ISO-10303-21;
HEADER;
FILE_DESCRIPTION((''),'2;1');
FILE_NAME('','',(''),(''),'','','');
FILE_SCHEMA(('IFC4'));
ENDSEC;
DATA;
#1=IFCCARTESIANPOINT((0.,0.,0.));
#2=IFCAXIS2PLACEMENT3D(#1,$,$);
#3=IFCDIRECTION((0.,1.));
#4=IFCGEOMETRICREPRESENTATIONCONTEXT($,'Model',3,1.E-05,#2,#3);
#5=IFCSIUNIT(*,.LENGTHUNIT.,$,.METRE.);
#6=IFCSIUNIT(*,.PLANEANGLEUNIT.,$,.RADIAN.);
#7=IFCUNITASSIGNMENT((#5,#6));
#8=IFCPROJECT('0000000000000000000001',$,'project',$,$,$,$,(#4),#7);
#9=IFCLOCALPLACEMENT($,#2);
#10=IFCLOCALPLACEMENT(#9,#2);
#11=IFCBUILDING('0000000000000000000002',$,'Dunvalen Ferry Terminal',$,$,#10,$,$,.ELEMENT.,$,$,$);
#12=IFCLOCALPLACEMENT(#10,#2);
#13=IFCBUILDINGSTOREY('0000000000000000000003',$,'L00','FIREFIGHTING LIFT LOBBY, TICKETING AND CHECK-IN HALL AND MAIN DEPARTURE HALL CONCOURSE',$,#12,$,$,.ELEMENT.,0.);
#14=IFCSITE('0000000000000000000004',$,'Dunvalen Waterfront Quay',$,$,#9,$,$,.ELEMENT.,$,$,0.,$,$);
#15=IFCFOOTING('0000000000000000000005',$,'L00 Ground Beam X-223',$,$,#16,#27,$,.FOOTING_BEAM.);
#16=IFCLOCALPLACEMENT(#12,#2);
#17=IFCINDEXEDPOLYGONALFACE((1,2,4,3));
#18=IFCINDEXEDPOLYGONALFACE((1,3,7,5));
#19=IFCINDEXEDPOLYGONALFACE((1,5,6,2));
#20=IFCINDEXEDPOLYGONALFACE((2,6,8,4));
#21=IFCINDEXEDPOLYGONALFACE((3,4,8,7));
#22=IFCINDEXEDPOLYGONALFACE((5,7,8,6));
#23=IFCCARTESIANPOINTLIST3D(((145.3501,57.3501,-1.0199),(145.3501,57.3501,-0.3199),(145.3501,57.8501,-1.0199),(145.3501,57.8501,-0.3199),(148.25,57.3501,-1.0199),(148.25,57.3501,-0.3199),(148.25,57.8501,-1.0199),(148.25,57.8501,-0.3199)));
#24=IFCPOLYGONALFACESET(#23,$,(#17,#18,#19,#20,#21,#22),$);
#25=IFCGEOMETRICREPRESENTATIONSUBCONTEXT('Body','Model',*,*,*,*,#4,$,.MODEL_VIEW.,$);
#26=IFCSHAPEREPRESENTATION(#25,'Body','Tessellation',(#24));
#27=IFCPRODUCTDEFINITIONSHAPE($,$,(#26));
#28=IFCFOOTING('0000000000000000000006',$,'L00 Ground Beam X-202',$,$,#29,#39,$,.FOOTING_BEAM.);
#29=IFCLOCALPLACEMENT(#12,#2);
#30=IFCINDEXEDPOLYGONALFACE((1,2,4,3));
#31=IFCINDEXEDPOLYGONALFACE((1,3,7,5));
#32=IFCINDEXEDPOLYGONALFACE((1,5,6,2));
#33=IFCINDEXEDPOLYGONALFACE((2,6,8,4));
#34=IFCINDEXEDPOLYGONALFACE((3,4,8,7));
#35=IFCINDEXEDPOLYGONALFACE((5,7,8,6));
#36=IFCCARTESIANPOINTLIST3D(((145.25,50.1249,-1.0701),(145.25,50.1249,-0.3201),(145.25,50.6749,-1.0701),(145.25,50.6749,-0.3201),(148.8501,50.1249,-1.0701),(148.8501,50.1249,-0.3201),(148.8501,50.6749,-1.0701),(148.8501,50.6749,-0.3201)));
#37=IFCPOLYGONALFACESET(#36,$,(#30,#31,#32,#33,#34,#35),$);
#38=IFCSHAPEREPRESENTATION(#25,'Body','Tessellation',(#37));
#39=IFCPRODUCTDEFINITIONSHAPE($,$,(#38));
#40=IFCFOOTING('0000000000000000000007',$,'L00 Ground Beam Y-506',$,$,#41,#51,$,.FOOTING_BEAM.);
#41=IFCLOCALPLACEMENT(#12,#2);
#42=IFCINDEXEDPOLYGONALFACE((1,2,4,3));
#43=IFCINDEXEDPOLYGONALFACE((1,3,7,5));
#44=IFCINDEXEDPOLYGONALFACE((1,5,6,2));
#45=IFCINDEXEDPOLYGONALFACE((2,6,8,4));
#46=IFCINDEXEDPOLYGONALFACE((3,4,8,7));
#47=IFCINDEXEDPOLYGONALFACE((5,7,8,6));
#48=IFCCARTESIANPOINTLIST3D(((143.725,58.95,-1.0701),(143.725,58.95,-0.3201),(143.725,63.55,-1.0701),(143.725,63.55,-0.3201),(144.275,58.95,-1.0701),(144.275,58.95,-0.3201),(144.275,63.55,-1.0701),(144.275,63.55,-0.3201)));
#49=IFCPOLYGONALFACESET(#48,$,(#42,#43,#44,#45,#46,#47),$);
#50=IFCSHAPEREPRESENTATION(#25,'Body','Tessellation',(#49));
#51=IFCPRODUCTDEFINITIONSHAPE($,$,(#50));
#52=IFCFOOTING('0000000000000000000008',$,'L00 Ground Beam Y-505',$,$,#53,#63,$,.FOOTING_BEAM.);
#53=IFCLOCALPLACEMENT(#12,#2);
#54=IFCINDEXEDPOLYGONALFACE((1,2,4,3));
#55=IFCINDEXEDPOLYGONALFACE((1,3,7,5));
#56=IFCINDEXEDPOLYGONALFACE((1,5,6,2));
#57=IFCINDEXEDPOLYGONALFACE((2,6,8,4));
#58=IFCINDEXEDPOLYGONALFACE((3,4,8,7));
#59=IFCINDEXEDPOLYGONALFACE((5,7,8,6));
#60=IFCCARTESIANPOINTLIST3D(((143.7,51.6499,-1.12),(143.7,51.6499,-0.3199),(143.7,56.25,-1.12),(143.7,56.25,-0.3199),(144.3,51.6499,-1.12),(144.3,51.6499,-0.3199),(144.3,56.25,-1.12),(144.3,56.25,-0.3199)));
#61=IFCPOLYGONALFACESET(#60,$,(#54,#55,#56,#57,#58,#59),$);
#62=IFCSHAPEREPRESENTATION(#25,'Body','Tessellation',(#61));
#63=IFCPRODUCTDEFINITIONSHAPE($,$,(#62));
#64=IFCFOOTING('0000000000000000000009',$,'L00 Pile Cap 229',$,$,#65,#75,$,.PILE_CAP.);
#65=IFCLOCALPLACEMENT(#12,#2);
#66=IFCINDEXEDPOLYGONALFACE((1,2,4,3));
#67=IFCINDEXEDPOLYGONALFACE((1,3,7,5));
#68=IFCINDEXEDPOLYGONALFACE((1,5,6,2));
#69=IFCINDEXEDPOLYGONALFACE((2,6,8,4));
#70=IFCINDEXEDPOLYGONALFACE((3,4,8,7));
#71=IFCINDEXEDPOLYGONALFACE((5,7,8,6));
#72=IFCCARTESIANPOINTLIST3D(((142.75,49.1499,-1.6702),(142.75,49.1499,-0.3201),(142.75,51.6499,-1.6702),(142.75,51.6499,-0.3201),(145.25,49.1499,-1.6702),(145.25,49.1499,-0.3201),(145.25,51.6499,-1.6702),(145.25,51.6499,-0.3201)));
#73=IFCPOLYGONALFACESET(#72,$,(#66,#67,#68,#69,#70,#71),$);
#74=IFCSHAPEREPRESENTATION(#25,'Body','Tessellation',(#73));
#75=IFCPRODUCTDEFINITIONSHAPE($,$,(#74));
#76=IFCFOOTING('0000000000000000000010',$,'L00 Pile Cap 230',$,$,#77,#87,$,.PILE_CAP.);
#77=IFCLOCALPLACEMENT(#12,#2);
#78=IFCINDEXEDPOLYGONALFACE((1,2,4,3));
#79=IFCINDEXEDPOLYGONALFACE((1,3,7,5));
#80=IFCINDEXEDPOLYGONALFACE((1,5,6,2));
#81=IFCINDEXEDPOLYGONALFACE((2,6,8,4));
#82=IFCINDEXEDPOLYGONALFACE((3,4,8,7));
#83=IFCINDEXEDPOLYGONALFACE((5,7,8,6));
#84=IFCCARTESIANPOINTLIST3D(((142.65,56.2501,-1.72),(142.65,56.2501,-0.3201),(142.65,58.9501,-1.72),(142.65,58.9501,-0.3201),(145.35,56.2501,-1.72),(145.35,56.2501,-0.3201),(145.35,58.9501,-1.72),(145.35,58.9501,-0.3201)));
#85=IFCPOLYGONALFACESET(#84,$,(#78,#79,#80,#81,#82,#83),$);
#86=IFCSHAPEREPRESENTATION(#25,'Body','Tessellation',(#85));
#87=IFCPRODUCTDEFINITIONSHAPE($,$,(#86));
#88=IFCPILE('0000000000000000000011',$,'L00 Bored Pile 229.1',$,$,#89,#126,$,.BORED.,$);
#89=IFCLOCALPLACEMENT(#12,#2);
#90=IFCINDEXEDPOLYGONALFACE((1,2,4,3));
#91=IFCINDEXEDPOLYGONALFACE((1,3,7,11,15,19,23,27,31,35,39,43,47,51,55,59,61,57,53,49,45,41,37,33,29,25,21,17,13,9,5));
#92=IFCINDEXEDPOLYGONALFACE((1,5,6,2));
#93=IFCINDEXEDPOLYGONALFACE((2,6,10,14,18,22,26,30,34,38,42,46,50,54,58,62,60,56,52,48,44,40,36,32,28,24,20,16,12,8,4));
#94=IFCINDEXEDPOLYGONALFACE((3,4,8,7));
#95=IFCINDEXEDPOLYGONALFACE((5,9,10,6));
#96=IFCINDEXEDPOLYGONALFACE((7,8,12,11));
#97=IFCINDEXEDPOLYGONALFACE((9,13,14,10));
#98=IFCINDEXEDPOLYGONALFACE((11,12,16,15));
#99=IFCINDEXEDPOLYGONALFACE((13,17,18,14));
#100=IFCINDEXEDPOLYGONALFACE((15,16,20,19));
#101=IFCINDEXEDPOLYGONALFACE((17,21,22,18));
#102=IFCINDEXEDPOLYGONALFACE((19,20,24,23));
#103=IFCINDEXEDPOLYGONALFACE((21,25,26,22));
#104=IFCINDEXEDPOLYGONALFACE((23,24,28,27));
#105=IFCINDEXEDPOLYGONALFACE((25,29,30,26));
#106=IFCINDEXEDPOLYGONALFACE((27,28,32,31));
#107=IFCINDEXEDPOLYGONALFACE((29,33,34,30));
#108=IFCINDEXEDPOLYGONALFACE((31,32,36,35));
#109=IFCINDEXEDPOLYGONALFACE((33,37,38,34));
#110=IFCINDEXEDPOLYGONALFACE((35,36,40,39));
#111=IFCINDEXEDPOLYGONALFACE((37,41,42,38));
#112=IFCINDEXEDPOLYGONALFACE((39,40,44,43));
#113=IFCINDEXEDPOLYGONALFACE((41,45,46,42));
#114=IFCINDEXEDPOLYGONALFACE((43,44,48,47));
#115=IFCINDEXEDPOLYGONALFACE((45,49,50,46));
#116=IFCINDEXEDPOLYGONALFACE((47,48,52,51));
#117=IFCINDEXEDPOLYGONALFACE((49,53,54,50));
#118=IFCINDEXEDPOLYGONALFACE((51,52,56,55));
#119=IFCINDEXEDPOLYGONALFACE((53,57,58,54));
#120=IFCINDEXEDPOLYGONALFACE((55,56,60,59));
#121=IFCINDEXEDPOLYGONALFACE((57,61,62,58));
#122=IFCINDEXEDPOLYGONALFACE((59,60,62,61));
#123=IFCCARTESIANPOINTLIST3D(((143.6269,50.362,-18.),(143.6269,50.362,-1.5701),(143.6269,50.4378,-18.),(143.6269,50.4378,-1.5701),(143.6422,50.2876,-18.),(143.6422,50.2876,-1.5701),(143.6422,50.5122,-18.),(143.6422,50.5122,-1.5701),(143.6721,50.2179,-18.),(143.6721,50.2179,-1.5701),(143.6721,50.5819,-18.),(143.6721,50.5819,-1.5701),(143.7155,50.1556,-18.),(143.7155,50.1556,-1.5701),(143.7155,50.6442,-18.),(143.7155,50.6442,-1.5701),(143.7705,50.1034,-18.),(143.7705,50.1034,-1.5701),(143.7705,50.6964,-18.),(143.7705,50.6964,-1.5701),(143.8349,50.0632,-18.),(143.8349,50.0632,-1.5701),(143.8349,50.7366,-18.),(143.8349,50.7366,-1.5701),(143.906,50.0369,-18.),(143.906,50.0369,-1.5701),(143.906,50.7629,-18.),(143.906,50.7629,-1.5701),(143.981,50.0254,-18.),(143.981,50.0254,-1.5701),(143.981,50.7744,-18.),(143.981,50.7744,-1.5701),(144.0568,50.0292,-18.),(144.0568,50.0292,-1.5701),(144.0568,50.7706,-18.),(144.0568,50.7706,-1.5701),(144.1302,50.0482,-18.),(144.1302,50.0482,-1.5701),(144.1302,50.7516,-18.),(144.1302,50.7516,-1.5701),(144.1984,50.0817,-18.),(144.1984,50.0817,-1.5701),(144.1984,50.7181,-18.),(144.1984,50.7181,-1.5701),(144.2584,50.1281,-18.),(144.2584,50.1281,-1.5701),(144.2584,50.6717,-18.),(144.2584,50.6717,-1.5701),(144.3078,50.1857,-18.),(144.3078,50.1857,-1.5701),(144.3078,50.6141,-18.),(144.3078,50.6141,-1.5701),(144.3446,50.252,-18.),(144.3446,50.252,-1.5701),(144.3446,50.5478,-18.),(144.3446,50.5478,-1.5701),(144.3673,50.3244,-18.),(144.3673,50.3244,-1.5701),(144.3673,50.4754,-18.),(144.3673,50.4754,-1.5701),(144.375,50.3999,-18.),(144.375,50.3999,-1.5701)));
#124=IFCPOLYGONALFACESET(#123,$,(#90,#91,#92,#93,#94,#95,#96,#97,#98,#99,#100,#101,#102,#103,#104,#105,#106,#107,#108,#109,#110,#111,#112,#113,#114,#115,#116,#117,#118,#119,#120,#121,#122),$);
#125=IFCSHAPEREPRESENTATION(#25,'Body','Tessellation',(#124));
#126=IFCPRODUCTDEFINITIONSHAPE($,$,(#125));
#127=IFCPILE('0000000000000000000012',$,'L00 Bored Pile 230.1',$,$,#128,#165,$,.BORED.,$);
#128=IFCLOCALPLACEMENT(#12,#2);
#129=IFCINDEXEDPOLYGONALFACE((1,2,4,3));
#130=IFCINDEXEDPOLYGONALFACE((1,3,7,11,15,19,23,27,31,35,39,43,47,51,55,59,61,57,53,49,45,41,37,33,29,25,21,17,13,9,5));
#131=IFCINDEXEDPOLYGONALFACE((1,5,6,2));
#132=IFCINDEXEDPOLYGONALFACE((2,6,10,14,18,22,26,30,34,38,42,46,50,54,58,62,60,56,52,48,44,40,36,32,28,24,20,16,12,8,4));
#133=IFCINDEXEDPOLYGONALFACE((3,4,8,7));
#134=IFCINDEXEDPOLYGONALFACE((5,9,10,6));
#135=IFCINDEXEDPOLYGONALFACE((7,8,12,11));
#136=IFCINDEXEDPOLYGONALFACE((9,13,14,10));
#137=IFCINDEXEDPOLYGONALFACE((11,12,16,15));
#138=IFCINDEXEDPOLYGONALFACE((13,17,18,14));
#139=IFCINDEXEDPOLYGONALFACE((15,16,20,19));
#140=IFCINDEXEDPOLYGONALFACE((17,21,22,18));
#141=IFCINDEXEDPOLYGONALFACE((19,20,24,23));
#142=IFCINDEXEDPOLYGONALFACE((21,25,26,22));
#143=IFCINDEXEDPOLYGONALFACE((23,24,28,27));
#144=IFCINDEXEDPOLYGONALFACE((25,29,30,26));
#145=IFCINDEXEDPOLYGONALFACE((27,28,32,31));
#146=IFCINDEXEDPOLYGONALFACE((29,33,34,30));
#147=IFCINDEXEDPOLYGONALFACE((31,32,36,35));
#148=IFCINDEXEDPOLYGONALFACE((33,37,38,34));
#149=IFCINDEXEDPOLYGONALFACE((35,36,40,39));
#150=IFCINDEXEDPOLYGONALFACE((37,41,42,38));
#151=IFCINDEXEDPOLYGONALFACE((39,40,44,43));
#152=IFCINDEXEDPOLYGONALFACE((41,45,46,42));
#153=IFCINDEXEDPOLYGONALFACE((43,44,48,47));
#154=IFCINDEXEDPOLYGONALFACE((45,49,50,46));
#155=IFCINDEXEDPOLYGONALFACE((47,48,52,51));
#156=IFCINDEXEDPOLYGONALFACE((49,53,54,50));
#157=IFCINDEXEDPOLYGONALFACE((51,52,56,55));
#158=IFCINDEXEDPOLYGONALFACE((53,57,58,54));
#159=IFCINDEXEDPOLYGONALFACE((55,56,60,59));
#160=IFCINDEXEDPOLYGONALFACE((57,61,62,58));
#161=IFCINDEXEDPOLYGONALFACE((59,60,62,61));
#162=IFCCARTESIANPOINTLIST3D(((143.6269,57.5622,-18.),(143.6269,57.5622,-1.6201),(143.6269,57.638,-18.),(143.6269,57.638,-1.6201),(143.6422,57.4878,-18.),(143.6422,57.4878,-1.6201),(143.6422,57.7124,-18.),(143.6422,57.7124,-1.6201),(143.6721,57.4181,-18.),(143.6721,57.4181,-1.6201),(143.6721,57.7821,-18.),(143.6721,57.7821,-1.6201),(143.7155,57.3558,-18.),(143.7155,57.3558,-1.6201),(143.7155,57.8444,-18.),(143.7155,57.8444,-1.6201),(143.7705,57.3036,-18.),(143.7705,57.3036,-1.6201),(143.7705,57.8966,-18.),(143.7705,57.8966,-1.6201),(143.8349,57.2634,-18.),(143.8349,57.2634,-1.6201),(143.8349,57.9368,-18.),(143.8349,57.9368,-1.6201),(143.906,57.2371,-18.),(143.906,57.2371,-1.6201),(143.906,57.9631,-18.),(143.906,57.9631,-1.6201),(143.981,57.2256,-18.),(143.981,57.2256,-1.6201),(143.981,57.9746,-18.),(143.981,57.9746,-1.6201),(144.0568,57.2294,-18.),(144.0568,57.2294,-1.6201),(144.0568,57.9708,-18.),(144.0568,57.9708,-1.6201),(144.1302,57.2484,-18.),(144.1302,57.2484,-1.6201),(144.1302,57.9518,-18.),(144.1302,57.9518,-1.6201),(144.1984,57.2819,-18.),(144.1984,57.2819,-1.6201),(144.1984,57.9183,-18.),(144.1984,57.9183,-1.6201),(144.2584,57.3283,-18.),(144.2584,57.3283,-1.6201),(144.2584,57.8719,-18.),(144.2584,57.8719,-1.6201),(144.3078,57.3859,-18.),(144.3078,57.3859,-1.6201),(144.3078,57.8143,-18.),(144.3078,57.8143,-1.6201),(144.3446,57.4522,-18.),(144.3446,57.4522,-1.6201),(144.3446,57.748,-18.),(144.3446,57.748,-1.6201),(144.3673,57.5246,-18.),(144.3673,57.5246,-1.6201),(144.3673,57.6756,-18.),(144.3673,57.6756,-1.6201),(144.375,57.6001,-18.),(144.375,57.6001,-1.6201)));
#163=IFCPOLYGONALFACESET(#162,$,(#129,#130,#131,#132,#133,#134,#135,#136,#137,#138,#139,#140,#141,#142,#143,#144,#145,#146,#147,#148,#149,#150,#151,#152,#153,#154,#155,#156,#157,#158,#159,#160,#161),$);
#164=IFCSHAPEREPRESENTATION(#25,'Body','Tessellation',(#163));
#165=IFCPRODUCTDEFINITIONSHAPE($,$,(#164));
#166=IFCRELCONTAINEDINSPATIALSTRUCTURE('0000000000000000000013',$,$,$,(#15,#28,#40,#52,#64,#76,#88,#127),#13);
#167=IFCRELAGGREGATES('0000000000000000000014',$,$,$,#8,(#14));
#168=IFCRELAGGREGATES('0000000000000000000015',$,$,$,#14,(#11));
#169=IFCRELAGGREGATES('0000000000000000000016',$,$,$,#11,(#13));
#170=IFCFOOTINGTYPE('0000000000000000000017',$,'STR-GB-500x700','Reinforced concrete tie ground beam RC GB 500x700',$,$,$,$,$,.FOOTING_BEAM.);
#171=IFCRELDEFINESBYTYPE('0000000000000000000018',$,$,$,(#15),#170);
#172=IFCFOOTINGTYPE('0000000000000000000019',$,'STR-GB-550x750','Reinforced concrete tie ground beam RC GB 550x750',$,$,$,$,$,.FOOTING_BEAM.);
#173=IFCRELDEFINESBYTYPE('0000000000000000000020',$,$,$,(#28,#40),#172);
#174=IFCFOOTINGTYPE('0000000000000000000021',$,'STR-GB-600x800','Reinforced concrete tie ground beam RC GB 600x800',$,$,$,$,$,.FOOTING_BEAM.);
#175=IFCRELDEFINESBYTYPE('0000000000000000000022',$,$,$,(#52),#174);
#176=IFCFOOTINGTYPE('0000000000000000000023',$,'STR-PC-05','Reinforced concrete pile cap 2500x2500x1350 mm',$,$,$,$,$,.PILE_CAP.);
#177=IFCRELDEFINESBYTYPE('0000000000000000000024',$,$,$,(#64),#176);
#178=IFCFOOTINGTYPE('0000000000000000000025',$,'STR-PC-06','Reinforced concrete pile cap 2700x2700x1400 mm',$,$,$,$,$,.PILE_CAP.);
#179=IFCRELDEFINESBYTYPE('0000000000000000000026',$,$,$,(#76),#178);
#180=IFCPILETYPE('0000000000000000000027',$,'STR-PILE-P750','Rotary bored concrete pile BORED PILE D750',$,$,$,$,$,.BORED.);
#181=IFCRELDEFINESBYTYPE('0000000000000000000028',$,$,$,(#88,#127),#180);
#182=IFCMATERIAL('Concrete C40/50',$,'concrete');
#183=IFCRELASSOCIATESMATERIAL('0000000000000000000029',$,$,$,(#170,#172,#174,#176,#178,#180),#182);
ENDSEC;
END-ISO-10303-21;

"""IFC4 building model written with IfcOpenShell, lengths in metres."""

from ifc_helpers import new_model, si_unit, direction, frame, origin, origin_2d, place, context, subcontext, project, spatial, rectangle, circle, extrude, material, material_profile, profile_set, type_object, element, save


model = new_model("IFC4")

# Units and contexts
model_context = context("Model", 3, precision=1e-05, world=origin(), true_north=direction((0.0, 1.0)))
body_context = subcontext(model_context, "Body", "Model", "MODEL_VIEW")
ifc_project = project(units=[si_unit("LENGTHUNIT", "METRE"), si_unit("PLANEANGLEUNIT", "RADIAN")], contexts=[model_context])

# Site, building, storey
site_placement = place(None, origin())
site = spatial("IfcSite", under=ifc_project, at=site_placement, Name="Dunvalen Waterfront Quay", CompositionType="ELEMENT", RefElevation=0.0)
building_placement = place(site_placement, origin())
building = spatial("IfcBuilding", under=site, at=building_placement, Name="Dunvalen Ferry Terminal", CompositionType="ELEMENT")
storey_placement = place(building_placement, origin())
storey = spatial("IfcBuildingStorey", under=building, at=storey_placement, Name="L00", Description="FIREFIGHTING LIFT LOBBY, TICKETING AND CHECK-IN HALL AND MAIN DEPARTURE HALL CONCOURSE", CompositionType="ELEMENT", Elevation=0.0)

# Footings
ifc_material_1 = material(Name="Concrete C40/50", Category="concrete")
ifc_material_profile_1 = material_profile(ifc_material_1, rectangle(XDim=0.5, YDim=0.7, at=origin_2d()), Name="Concrete C40/50")
ifc_profile_set_1 = profile_set([ifc_material_profile_1], Name="Concrete C40/50")
footing_type_1 = type_object("IfcFootingType", Name="STR-GB-500x700", Description="Reinforced concrete tie ground beam RC GB 500x700", PredefinedType="FOOTING_BEAM", material=ifc_profile_set_1)
footing_1_placement = place(storey_placement, frame((145.3501, 57.6001, -0.6699), z_axis=(1.0, 0.0, 0.0), x_axis=(0.0, 1.0, 0.0)))
element("IfcFooting", 1, at=footing_1_placement, inside=storey, type_object=footing_type_1, Name="L00 Ground Beam X-223", PredefinedType="FOOTING_BEAM", context=body_context, shape_type="SweptSolid", body=[
    extrude(rectangle(XDim=0.5, YDim=0.7, at=origin_2d()), origin(), (0.0, 0.0, 1.0), 2.8999),
])
ifc_material_profile_2 = material_profile(ifc_material_1, rectangle(XDim=0.55, YDim=0.75, at=origin_2d()), Name="Concrete C40/50")
ifc_profile_set_2 = profile_set([ifc_material_profile_2], Name="Concrete C40/50")
footing_type_2 = type_object("IfcFootingType", Name="STR-GB-550x750", Description="Reinforced concrete tie ground beam RC GB 550x750", PredefinedType="FOOTING_BEAM", material=ifc_profile_set_2)
footing_2_placement = place(storey_placement, frame((145.25, 50.3999, -0.6951), z_axis=(1.0, 0.0, 0.0), x_axis=(0.0, 1.0, 0.0)))
element("IfcFooting", 2, at=footing_2_placement, inside=storey, type_object=footing_type_2, Name="L00 Ground Beam X-202", PredefinedType="FOOTING_BEAM", context=body_context, shape_type="SweptSolid", body=[
    extrude(rectangle(XDim=0.55, YDim=0.75, at=origin_2d()), origin(), (0.0, 0.0, 1.0), 3.6001),
])
footing_3_placement = place(storey_placement, frame((144.0, 58.95, -0.6951), z_axis=(0.0, 1.0, 0.0), x_axis=(-1.0, 0.0, 0.0)))
element("IfcFooting", 3, at=footing_3_placement, inside=storey, type_object=footing_type_2, Name="L00 Ground Beam Y-506", PredefinedType="FOOTING_BEAM", context=body_context, shape_type="SweptSolid", body=[
    extrude(rectangle(XDim=0.55, YDim=0.75, at=origin_2d()), origin(), (0.0, 0.0, 1.0), 4.6001),
])
ifc_material_profile_3 = material_profile(ifc_material_1, rectangle(XDim=0.6001, YDim=0.8, at=origin_2d()), Name="Concrete C40/50")
ifc_profile_set_3 = profile_set([ifc_material_profile_3], Name="Concrete C40/50")
footing_type_3 = type_object("IfcFootingType", Name="STR-GB-600x800", Description="Reinforced concrete tie ground beam RC GB 600x800", PredefinedType="FOOTING_BEAM", material=ifc_profile_set_3)
footing_4_placement = place(storey_placement, frame((144.0, 51.6499, -0.72), z_axis=(0.0, 1.0, 0.0), x_axis=(-1.0, 0.0, 0.0)))
element("IfcFooting", 4, at=footing_4_placement, inside=storey, type_object=footing_type_3, Name="L00 Ground Beam Y-505", PredefinedType="FOOTING_BEAM", context=body_context, shape_type="SweptSolid", body=[
    extrude(rectangle(XDim=0.6001, YDim=0.8, at=origin_2d()), origin(), (0.0, 0.0, 1.0), 4.6001),
])
footing_type_4 = type_object("IfcFootingType", Name="STR-PC-05", Description="Reinforced concrete pile cap 2500x2500x1350 mm", PredefinedType="PILE_CAP", material=ifc_material_1)
footing_5_placement = place(storey_placement, frame((144.0, 50.3999, -1.6702), z_axis=(0.0, 0.0, 1.0), x_axis=(1.0, 0.0, 0.0)))
element("IfcFooting", 5, at=footing_5_placement, inside=storey, type_object=footing_type_4, Name="L00 Pile Cap 229", PredefinedType="PILE_CAP", context=body_context, shape_type="SweptSolid", body=[
    extrude(rectangle(XDim=2.5, YDim=2.5, at=origin_2d()), origin(), (0.0, 0.0, 1.0), 1.3501),
])
footing_type_5 = type_object("IfcFootingType", Name="STR-PC-06", Description="Reinforced concrete pile cap 2700x2700x1400 mm", PredefinedType="PILE_CAP", material=ifc_material_1)
footing_6_placement = place(storey_placement, frame((144.0, 57.6001, -1.72), z_axis=(0.0, 0.0, 1.0), x_axis=(1.0, 0.0, 0.0)))
element("IfcFooting", 6, at=footing_6_placement, inside=storey, type_object=footing_type_5, Name="L00 Pile Cap 230", PredefinedType="PILE_CAP", context=body_context, shape_type="SweptSolid", body=[
    extrude(rectangle(XDim=2.7, YDim=2.7, at=origin_2d()), origin(), (0.0, 0.0, 1.0), 1.3999),
])

# Piles
ifc_material_profile_4 = material_profile(ifc_material_1, circle(Radius=0.375, at=origin_2d()), Name="Concrete C40/50")
ifc_profile_set_4 = profile_set([ifc_material_profile_4], Name="Concrete C40/50")
pile_type_1 = type_object("IfcPileType", Name="STR-PILE-P750", Description="Rotary bored concrete pile BORED PILE D750", PredefinedType="BORED", material=ifc_profile_set_4)
pile_1_placement = place(storey_placement, frame((144.0, 50.3999, -1.5701), z_axis=(0.0, 0.0, -1.0), x_axis=(1.0, 0.0, 0.0)))
element("IfcPile", 7, at=pile_1_placement, inside=storey, type_object=pile_type_1, Name="L00 Bored Pile 229.1", PredefinedType="BORED", context=body_context, shape_type="SweptSolid", body=[
    extrude(circle(Radius=0.375, at=origin_2d()), origin(), (0.0, 0.0, 1.0), 16.4299),
])
pile_2_placement = place(storey_placement, frame((144.0, 57.6001, -1.6201), z_axis=(0.0, 0.0, -1.0), x_axis=(1.0, 0.0, 0.0)))
element("IfcPile", 8, at=pile_2_placement, inside=storey, type_object=pile_type_1, Name="L00 Bored Pile 230.1", PredefinedType="BORED", context=body_context, shape_type="SweptSolid", body=[
    extrude(circle(Radius=0.375, at=origin_2d()), origin(), (0.0, 0.0, 1.0), 16.3799),
])

save(model, "model.ifc")
